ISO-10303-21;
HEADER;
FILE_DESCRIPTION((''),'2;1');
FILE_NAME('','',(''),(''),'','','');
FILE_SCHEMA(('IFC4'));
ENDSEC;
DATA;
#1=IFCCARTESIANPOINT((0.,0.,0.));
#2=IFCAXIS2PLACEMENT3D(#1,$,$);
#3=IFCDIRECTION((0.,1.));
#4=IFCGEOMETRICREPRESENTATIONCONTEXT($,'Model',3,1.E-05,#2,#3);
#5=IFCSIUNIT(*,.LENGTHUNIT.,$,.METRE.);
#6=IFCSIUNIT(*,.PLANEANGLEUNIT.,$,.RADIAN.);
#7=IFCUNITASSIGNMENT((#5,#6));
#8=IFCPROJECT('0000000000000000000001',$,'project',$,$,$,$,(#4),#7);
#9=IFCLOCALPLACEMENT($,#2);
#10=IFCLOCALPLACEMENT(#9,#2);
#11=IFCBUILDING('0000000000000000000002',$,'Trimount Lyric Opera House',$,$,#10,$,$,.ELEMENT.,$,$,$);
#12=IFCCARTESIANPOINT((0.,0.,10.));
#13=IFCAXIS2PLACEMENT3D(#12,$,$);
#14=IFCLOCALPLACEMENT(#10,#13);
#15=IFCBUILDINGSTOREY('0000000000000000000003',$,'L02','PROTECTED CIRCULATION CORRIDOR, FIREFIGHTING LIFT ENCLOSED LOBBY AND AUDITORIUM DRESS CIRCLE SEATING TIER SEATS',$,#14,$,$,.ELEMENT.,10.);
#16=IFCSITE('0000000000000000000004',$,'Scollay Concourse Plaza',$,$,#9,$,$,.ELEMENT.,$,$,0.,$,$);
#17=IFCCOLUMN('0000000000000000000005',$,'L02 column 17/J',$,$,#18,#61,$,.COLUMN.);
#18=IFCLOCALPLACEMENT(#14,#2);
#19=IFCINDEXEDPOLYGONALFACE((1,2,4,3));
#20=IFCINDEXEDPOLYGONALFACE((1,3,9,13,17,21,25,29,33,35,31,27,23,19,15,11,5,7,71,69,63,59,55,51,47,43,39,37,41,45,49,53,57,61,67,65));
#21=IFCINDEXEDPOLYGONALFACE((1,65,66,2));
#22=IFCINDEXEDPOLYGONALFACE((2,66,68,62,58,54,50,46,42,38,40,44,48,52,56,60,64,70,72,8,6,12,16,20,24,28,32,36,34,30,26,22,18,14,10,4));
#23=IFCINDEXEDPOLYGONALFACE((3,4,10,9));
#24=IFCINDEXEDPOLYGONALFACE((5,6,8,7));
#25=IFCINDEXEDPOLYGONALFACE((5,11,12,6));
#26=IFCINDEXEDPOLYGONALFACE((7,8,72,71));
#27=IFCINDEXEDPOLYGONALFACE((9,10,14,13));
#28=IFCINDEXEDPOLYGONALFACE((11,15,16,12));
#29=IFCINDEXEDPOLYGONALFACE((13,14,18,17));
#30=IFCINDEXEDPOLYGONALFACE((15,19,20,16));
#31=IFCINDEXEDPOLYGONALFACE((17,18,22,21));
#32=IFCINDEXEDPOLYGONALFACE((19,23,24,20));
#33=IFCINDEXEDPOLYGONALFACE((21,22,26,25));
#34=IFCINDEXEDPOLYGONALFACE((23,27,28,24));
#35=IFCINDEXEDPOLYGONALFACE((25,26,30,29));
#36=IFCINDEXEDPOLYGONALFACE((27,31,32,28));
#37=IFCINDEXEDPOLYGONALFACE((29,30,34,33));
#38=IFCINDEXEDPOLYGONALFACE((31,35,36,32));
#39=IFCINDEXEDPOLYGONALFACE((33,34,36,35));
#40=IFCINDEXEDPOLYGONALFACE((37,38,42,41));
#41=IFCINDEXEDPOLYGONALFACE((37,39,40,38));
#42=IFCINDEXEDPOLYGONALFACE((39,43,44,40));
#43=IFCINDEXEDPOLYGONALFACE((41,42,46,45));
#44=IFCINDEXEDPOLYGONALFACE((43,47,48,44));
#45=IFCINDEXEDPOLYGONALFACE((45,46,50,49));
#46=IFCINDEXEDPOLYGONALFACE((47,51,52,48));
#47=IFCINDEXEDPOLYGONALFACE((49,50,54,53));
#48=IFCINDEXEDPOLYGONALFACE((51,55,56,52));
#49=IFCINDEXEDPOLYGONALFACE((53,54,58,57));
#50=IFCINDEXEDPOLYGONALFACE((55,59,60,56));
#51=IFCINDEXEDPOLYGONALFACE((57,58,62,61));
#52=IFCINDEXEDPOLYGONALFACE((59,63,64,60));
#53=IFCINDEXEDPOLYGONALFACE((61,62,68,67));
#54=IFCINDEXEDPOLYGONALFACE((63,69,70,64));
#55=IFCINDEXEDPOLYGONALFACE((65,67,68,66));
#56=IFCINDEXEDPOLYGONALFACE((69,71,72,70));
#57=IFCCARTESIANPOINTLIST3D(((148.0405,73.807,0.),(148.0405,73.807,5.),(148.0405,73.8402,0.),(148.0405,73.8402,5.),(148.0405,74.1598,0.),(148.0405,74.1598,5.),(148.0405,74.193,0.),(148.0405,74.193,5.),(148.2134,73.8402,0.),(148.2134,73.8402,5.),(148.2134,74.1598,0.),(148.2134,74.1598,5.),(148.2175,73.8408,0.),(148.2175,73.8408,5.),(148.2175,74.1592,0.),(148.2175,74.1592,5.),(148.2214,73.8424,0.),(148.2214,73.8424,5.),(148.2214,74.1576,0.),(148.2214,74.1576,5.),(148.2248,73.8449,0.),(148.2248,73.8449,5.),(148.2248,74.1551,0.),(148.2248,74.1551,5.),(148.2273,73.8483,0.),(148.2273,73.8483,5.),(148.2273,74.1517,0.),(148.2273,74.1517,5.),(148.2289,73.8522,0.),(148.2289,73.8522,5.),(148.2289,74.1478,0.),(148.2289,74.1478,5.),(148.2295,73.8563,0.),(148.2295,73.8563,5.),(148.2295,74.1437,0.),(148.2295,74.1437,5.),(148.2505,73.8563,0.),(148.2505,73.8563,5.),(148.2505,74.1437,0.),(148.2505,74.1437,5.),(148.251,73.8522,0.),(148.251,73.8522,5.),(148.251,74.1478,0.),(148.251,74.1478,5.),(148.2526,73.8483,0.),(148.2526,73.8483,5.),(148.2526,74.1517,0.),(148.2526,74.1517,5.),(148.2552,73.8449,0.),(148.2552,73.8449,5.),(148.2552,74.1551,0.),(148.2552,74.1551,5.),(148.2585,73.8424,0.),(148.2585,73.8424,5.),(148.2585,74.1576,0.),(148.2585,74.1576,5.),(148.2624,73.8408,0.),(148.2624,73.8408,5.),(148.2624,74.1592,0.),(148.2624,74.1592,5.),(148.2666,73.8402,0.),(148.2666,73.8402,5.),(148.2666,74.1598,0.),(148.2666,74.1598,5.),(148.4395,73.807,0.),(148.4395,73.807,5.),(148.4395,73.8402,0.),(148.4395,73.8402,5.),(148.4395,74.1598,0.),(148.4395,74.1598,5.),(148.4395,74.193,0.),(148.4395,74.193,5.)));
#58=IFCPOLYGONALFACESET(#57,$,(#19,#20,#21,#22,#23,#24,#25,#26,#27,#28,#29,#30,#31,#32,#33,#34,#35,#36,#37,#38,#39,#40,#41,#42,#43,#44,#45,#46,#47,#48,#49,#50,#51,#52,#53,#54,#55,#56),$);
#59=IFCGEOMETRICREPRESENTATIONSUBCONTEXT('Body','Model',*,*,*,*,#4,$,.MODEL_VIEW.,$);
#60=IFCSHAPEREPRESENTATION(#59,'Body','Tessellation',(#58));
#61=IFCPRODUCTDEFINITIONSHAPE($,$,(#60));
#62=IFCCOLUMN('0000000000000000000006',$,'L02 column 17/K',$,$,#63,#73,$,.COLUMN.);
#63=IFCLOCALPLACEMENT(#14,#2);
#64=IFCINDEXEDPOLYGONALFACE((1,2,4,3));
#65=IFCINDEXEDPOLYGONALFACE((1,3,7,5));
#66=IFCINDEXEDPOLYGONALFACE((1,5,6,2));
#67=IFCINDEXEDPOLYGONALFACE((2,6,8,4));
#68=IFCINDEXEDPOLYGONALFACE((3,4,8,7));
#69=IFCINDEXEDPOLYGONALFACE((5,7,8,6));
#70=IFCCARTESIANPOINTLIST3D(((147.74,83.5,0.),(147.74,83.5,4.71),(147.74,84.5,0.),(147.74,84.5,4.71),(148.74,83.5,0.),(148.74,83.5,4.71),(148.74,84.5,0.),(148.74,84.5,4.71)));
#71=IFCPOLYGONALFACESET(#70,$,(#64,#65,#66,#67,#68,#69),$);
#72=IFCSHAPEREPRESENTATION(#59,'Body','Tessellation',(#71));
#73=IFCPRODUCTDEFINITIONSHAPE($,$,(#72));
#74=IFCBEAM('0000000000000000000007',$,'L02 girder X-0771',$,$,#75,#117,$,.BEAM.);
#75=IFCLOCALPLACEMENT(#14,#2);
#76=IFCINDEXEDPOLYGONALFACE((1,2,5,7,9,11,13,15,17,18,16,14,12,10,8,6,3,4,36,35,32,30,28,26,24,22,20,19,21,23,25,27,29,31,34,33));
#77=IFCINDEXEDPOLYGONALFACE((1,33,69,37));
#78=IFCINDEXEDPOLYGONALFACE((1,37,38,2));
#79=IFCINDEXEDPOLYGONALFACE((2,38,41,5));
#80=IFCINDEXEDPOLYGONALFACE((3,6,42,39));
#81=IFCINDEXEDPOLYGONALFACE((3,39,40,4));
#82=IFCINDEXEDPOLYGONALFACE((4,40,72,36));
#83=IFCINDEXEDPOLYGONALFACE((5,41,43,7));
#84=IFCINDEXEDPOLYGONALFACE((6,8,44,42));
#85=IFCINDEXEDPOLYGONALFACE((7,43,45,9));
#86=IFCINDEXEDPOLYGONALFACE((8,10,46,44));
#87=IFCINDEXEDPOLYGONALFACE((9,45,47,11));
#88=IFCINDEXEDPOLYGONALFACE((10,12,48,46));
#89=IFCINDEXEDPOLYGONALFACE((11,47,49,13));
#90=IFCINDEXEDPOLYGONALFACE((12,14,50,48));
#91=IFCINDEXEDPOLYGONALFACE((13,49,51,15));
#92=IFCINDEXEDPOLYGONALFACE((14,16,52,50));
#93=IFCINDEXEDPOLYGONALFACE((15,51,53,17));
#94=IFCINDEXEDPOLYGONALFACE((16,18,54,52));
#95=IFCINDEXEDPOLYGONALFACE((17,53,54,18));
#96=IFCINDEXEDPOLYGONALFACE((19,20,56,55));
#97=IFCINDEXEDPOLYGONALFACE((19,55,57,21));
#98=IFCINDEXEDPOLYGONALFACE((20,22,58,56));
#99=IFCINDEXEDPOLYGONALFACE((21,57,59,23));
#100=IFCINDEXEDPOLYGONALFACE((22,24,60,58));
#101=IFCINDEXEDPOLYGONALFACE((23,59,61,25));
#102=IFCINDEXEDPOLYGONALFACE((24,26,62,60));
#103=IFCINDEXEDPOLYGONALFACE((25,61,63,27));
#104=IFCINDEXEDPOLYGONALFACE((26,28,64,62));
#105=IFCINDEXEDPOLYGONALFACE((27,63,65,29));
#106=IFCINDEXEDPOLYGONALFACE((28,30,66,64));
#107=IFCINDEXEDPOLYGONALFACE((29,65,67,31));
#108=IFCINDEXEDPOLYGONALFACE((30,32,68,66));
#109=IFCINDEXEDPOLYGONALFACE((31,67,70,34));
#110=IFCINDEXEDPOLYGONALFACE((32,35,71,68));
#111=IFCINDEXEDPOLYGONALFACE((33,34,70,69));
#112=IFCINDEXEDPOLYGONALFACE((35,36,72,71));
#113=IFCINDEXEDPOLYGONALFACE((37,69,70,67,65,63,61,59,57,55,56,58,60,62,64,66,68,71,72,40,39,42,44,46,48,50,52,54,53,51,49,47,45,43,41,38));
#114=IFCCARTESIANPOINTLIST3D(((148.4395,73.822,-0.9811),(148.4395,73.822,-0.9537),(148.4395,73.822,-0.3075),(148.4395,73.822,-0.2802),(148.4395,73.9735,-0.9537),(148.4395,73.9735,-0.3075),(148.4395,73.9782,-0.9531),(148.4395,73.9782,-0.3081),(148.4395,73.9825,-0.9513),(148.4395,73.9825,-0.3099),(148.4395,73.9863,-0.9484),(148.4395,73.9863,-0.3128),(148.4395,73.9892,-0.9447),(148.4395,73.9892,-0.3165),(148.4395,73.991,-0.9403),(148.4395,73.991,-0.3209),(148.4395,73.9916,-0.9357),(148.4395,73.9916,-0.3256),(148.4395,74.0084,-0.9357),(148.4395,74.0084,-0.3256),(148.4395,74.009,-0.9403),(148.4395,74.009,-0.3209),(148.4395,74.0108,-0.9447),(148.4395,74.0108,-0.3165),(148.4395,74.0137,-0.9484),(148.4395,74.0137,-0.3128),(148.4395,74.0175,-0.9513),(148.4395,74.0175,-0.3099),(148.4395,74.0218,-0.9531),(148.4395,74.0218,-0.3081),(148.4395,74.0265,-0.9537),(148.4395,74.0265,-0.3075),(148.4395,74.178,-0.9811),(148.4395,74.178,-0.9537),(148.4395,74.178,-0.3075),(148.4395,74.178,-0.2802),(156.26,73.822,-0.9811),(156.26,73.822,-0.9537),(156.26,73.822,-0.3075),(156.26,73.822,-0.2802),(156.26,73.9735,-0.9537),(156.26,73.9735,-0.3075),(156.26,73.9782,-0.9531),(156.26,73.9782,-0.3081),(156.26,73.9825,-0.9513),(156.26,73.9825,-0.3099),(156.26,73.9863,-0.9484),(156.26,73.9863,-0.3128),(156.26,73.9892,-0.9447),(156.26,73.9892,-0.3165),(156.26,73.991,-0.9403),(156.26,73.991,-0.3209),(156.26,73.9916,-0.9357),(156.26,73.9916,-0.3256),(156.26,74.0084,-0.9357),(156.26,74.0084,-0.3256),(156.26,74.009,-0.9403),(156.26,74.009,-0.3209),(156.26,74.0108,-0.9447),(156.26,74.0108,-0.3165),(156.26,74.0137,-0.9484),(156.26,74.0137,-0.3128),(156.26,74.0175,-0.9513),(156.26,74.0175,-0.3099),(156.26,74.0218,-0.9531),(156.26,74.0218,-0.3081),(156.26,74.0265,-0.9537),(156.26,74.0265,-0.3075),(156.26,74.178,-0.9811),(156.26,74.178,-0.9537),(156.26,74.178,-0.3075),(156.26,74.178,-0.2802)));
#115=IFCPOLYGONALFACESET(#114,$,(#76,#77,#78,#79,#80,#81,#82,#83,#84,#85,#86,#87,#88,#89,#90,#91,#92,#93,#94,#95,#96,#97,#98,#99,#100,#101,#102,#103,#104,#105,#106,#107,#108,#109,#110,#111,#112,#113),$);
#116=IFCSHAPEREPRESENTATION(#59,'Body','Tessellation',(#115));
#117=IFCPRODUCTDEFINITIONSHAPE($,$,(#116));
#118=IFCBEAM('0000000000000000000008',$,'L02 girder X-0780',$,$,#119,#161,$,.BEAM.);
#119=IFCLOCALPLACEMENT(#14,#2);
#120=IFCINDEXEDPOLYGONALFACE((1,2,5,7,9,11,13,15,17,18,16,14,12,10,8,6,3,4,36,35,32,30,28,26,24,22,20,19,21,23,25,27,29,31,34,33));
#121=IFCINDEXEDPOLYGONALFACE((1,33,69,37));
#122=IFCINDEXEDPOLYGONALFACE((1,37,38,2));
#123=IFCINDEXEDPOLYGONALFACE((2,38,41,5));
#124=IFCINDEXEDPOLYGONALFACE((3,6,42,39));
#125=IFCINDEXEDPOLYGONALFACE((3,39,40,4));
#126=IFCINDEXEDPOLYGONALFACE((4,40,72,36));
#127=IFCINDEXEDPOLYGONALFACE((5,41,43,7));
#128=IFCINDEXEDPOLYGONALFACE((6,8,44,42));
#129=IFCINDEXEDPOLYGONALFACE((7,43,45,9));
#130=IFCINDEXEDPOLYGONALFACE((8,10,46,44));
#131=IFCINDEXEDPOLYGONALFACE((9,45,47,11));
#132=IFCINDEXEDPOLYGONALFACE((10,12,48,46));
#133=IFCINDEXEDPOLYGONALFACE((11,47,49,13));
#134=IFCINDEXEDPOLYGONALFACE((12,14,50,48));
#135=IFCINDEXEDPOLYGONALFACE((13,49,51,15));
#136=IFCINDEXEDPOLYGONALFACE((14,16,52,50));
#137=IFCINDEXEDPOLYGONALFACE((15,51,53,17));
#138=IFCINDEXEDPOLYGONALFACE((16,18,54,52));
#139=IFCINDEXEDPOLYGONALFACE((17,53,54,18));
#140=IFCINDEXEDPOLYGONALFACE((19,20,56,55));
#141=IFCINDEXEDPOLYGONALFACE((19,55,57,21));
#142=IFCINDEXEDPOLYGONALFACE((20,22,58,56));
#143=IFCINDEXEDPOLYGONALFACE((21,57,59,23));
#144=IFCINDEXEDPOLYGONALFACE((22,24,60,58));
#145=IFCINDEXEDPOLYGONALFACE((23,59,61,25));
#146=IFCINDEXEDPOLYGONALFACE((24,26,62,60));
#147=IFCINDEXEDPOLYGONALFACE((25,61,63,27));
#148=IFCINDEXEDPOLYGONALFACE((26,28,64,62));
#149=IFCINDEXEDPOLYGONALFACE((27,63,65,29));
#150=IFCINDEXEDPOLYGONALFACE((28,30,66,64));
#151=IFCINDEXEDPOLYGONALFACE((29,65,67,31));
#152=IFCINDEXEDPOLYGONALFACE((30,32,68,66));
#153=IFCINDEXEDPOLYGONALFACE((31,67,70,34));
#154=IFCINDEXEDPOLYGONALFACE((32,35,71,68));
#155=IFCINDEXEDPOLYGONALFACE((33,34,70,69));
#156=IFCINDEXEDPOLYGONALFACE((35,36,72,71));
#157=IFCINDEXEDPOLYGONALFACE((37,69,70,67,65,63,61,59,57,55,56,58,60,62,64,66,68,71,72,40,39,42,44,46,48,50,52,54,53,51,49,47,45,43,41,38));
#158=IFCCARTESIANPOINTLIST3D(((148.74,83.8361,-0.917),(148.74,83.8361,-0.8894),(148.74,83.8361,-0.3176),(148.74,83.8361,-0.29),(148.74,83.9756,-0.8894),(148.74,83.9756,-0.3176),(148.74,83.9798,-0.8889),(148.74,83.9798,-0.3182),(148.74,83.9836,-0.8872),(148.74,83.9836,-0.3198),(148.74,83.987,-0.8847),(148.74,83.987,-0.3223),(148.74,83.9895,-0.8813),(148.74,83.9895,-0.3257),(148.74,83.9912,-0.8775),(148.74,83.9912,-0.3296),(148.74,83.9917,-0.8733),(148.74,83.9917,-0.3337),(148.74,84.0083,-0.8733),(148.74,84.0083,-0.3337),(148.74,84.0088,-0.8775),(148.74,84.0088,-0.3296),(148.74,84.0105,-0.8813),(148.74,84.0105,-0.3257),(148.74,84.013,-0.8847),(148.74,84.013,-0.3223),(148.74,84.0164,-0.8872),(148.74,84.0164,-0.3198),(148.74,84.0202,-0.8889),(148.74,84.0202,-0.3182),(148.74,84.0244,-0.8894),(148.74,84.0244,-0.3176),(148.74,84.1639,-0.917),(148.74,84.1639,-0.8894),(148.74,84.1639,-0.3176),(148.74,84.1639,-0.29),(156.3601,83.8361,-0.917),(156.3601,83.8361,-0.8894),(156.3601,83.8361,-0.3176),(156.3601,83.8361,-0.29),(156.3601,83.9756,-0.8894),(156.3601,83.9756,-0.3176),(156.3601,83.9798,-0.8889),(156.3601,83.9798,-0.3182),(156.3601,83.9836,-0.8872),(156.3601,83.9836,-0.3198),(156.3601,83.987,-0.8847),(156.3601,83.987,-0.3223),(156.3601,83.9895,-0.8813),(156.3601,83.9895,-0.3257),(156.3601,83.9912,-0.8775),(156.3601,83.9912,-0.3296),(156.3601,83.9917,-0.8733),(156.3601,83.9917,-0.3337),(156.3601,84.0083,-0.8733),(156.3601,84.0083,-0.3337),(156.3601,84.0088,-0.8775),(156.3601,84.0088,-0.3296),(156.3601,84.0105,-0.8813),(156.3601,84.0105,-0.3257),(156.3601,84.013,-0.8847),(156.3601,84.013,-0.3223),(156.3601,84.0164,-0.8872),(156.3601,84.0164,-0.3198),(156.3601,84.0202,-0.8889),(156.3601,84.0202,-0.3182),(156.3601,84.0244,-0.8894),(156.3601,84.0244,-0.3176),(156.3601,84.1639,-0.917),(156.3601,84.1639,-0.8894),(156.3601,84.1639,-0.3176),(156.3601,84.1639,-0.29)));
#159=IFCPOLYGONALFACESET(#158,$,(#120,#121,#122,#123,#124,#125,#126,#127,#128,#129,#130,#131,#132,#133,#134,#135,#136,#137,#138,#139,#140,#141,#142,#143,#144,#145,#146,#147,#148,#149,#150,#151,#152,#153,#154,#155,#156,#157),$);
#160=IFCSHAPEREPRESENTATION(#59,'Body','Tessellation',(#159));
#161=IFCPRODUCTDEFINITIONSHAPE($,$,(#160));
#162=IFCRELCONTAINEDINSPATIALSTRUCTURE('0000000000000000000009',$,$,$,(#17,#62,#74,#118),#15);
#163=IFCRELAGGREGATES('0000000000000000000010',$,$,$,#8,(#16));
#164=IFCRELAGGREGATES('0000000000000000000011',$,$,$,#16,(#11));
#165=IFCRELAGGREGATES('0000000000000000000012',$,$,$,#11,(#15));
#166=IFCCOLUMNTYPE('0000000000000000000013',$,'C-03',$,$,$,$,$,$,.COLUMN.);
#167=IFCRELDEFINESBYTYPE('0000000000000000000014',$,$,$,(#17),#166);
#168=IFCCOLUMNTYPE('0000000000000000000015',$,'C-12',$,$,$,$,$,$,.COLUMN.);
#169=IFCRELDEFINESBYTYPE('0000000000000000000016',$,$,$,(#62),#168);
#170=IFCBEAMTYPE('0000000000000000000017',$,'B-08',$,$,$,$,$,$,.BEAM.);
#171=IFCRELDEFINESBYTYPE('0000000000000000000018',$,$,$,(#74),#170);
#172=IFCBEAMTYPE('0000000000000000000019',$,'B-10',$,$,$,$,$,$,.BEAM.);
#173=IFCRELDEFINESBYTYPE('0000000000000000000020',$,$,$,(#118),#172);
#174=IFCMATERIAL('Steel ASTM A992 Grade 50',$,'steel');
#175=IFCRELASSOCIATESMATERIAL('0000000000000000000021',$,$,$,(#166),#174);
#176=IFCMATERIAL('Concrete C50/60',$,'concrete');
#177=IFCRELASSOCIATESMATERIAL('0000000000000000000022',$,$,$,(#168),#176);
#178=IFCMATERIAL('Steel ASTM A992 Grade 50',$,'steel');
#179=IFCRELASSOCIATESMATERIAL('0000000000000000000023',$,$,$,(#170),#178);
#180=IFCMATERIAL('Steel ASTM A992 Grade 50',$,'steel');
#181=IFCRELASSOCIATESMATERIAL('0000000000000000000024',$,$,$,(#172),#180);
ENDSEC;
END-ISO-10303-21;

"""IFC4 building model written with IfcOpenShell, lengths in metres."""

from ifc_helpers import new_model, si_unit, direction, frame, origin, origin_2d, place, context, subcontext, project, spatial, rectangle, i_section, extrude, material, material_profile, profile_set, type_object, element, save


model = new_model("IFC4")

# Units and contexts
model_context = context("Model", 3, precision=1e-05, world=origin(), true_north=direction((0.0, 1.0)))
body_context = subcontext(model_context, "Body", "Model", "MODEL_VIEW")
ifc_project = project(units=[si_unit("LENGTHUNIT", "METRE"), si_unit("PLANEANGLEUNIT", "RADIAN")], contexts=[model_context])

# Site, building, storey
site_placement = place(None, origin())
site = spatial("IfcSite", under=ifc_project, at=site_placement, Name="Scollay Concourse Plaza", CompositionType="ELEMENT", RefElevation=0.0)
building_placement = place(site_placement, origin())
building = spatial("IfcBuilding", under=site, at=building_placement, Name="Trimount Lyric Opera House", CompositionType="ELEMENT")
storey_placement = place(building_placement, frame((0.0, 0.0, 10.0)))
storey = spatial("IfcBuildingStorey", under=building, at=storey_placement, Name="L02", Description="PROTECTED CIRCULATION CORRIDOR, FIREFIGHTING LIFT ENCLOSED LOBBY AND AUDITORIUM DRESS CIRCLE SEATING TIER SEATS", CompositionType="ELEMENT", Elevation=10.0)

# Columns
ifc_material_1 = material(Name="Steel ASTM A992 Grade 50", Category="steel")
ifc_material_profile_1 = material_profile(ifc_material_1, i_section(OverallWidth=0.3989, OverallDepth=0.386, WebThickness=0.021, FlangeThickness=0.0332, FilletRadius=0.0161, at=origin_2d()), Name="W14X176")
ifc_profile_set_1 = profile_set([ifc_material_profile_1], Name="Steel ASTM A992 Grade 50")
column_type_1 = type_object("IfcColumnType", Name="C-03", PredefinedType="COLUMN", material=ifc_profile_set_1)
column_1_placement = place(storey_placement, frame((148.24, 74.0, 0.0), z_axis=(0.0, 0.0, 1.0), x_axis=(1.0, 0.0, 0.0)))
element("IfcColumn", 1, at=column_1_placement, inside=storey, type_object=column_type_1, Name="L02 column 17/J", PredefinedType="COLUMN", context=body_context, shape_type="SweptSolid", body=[
    extrude(i_section(OverallWidth=0.3989, OverallDepth=0.386, WebThickness=0.021, FlangeThickness=0.0332, FilletRadius=0.0161, at=origin_2d()), origin(), (0.0, 0.0, 1.0), 5.0),
])
ifc_material_2 = material(Name="Concrete C50/60", Category="concrete")
ifc_material_profile_2 = material_profile(ifc_material_2, rectangle(XDim=1.0, YDim=1.0, at=origin_2d()), Name="RC1000X1000")
ifc_profile_set_2 = profile_set([ifc_material_profile_2], Name="Concrete C50/60")
column_type_2 = type_object("IfcColumnType", Name="C-12", PredefinedType="COLUMN", material=ifc_profile_set_2)
column_2_placement = place(storey_placement, frame((148.24, 84.0, 0.0), z_axis=(0.0, 0.0, 1.0), x_axis=(1.0, 0.0, 0.0)))
element("IfcColumn", 2, at=column_2_placement, inside=storey, type_object=column_type_2, Name="L02 column 17/K", PredefinedType="COLUMN", context=body_context, shape_type="SweptSolid", body=[
    extrude(rectangle(XDim=1.0, YDim=1.0, at=origin_2d()), origin(), (0.0, 0.0, 1.0), 4.71),
])

# Beams
ifc_material_3 = material(Name="Steel ASTM A992 Grade 50", Category="steel")
ifc_material_profile_3 = material_profile(ifc_material_3, i_section(OverallWidth=0.356, OverallDepth=0.7009, WebThickness=0.0168, FlangeThickness=0.0273, FilletRadius=0.0181, at=origin_2d()), Name="W27X161")
ifc_profile_set_3 = profile_set([ifc_material_profile_3], Name="Steel ASTM A992 Grade 50")
beam_type_1 = type_object("IfcBeamType", Name="B-08", PredefinedType="BEAM", material=ifc_profile_set_3)
beam_1_placement = place(storey_placement, frame((148.4395, 74.0, -0.6306), z_axis=(1.0, 0.0, 0.0), x_axis=(0.0, 1.0, 0.0)))
element("IfcBeam", 3, at=beam_1_placement, inside=storey, type_object=beam_type_1, Name="L02 girder X-0771", PredefinedType="BEAM", context=body_context, shape_type="SweptSolid", body=[
    extrude(i_section(OverallWidth=0.356, OverallDepth=0.7009, WebThickness=0.0168, FlangeThickness=0.0273, FilletRadius=0.0181, at=origin_2d()), origin(), (0.0, 0.0, 1.0), 7.8206),
])
ifc_material_4 = material(Name="Steel ASTM A992 Grade 50", Category="steel")
ifc_material_profile_4 = material_profile(ifc_material_4, i_section(OverallWidth=0.3279, OverallDepth=0.627, WebThickness=0.0166, FlangeThickness=0.0276, FilletRadius=0.0161, at=origin_2d()), Name="W24X146")
ifc_profile_set_4 = profile_set([ifc_material_profile_4], Name="Steel ASTM A992 Grade 50")
beam_type_2 = type_object("IfcBeamType", Name="B-10", PredefinedType="BEAM", material=ifc_profile_set_4)
beam_2_placement = place(storey_placement, frame((148.74, 84.0, -0.6035), z_axis=(1.0, 0.0, 0.0), x_axis=(0.0, 1.0, 0.0)))
element("IfcBeam", 4, at=beam_2_placement, inside=storey, type_object=beam_type_2, Name="L02 girder X-0780", PredefinedType="BEAM", context=body_context, shape_type="SweptSolid", body=[
    extrude(i_section(OverallWidth=0.3279, OverallDepth=0.627, WebThickness=0.0166, FlangeThickness=0.0276, FilletRadius=0.0161, at=origin_2d()), origin(), (0.0, 0.0, 1.0), 7.6201),
])

save(model, "model.ifc")
